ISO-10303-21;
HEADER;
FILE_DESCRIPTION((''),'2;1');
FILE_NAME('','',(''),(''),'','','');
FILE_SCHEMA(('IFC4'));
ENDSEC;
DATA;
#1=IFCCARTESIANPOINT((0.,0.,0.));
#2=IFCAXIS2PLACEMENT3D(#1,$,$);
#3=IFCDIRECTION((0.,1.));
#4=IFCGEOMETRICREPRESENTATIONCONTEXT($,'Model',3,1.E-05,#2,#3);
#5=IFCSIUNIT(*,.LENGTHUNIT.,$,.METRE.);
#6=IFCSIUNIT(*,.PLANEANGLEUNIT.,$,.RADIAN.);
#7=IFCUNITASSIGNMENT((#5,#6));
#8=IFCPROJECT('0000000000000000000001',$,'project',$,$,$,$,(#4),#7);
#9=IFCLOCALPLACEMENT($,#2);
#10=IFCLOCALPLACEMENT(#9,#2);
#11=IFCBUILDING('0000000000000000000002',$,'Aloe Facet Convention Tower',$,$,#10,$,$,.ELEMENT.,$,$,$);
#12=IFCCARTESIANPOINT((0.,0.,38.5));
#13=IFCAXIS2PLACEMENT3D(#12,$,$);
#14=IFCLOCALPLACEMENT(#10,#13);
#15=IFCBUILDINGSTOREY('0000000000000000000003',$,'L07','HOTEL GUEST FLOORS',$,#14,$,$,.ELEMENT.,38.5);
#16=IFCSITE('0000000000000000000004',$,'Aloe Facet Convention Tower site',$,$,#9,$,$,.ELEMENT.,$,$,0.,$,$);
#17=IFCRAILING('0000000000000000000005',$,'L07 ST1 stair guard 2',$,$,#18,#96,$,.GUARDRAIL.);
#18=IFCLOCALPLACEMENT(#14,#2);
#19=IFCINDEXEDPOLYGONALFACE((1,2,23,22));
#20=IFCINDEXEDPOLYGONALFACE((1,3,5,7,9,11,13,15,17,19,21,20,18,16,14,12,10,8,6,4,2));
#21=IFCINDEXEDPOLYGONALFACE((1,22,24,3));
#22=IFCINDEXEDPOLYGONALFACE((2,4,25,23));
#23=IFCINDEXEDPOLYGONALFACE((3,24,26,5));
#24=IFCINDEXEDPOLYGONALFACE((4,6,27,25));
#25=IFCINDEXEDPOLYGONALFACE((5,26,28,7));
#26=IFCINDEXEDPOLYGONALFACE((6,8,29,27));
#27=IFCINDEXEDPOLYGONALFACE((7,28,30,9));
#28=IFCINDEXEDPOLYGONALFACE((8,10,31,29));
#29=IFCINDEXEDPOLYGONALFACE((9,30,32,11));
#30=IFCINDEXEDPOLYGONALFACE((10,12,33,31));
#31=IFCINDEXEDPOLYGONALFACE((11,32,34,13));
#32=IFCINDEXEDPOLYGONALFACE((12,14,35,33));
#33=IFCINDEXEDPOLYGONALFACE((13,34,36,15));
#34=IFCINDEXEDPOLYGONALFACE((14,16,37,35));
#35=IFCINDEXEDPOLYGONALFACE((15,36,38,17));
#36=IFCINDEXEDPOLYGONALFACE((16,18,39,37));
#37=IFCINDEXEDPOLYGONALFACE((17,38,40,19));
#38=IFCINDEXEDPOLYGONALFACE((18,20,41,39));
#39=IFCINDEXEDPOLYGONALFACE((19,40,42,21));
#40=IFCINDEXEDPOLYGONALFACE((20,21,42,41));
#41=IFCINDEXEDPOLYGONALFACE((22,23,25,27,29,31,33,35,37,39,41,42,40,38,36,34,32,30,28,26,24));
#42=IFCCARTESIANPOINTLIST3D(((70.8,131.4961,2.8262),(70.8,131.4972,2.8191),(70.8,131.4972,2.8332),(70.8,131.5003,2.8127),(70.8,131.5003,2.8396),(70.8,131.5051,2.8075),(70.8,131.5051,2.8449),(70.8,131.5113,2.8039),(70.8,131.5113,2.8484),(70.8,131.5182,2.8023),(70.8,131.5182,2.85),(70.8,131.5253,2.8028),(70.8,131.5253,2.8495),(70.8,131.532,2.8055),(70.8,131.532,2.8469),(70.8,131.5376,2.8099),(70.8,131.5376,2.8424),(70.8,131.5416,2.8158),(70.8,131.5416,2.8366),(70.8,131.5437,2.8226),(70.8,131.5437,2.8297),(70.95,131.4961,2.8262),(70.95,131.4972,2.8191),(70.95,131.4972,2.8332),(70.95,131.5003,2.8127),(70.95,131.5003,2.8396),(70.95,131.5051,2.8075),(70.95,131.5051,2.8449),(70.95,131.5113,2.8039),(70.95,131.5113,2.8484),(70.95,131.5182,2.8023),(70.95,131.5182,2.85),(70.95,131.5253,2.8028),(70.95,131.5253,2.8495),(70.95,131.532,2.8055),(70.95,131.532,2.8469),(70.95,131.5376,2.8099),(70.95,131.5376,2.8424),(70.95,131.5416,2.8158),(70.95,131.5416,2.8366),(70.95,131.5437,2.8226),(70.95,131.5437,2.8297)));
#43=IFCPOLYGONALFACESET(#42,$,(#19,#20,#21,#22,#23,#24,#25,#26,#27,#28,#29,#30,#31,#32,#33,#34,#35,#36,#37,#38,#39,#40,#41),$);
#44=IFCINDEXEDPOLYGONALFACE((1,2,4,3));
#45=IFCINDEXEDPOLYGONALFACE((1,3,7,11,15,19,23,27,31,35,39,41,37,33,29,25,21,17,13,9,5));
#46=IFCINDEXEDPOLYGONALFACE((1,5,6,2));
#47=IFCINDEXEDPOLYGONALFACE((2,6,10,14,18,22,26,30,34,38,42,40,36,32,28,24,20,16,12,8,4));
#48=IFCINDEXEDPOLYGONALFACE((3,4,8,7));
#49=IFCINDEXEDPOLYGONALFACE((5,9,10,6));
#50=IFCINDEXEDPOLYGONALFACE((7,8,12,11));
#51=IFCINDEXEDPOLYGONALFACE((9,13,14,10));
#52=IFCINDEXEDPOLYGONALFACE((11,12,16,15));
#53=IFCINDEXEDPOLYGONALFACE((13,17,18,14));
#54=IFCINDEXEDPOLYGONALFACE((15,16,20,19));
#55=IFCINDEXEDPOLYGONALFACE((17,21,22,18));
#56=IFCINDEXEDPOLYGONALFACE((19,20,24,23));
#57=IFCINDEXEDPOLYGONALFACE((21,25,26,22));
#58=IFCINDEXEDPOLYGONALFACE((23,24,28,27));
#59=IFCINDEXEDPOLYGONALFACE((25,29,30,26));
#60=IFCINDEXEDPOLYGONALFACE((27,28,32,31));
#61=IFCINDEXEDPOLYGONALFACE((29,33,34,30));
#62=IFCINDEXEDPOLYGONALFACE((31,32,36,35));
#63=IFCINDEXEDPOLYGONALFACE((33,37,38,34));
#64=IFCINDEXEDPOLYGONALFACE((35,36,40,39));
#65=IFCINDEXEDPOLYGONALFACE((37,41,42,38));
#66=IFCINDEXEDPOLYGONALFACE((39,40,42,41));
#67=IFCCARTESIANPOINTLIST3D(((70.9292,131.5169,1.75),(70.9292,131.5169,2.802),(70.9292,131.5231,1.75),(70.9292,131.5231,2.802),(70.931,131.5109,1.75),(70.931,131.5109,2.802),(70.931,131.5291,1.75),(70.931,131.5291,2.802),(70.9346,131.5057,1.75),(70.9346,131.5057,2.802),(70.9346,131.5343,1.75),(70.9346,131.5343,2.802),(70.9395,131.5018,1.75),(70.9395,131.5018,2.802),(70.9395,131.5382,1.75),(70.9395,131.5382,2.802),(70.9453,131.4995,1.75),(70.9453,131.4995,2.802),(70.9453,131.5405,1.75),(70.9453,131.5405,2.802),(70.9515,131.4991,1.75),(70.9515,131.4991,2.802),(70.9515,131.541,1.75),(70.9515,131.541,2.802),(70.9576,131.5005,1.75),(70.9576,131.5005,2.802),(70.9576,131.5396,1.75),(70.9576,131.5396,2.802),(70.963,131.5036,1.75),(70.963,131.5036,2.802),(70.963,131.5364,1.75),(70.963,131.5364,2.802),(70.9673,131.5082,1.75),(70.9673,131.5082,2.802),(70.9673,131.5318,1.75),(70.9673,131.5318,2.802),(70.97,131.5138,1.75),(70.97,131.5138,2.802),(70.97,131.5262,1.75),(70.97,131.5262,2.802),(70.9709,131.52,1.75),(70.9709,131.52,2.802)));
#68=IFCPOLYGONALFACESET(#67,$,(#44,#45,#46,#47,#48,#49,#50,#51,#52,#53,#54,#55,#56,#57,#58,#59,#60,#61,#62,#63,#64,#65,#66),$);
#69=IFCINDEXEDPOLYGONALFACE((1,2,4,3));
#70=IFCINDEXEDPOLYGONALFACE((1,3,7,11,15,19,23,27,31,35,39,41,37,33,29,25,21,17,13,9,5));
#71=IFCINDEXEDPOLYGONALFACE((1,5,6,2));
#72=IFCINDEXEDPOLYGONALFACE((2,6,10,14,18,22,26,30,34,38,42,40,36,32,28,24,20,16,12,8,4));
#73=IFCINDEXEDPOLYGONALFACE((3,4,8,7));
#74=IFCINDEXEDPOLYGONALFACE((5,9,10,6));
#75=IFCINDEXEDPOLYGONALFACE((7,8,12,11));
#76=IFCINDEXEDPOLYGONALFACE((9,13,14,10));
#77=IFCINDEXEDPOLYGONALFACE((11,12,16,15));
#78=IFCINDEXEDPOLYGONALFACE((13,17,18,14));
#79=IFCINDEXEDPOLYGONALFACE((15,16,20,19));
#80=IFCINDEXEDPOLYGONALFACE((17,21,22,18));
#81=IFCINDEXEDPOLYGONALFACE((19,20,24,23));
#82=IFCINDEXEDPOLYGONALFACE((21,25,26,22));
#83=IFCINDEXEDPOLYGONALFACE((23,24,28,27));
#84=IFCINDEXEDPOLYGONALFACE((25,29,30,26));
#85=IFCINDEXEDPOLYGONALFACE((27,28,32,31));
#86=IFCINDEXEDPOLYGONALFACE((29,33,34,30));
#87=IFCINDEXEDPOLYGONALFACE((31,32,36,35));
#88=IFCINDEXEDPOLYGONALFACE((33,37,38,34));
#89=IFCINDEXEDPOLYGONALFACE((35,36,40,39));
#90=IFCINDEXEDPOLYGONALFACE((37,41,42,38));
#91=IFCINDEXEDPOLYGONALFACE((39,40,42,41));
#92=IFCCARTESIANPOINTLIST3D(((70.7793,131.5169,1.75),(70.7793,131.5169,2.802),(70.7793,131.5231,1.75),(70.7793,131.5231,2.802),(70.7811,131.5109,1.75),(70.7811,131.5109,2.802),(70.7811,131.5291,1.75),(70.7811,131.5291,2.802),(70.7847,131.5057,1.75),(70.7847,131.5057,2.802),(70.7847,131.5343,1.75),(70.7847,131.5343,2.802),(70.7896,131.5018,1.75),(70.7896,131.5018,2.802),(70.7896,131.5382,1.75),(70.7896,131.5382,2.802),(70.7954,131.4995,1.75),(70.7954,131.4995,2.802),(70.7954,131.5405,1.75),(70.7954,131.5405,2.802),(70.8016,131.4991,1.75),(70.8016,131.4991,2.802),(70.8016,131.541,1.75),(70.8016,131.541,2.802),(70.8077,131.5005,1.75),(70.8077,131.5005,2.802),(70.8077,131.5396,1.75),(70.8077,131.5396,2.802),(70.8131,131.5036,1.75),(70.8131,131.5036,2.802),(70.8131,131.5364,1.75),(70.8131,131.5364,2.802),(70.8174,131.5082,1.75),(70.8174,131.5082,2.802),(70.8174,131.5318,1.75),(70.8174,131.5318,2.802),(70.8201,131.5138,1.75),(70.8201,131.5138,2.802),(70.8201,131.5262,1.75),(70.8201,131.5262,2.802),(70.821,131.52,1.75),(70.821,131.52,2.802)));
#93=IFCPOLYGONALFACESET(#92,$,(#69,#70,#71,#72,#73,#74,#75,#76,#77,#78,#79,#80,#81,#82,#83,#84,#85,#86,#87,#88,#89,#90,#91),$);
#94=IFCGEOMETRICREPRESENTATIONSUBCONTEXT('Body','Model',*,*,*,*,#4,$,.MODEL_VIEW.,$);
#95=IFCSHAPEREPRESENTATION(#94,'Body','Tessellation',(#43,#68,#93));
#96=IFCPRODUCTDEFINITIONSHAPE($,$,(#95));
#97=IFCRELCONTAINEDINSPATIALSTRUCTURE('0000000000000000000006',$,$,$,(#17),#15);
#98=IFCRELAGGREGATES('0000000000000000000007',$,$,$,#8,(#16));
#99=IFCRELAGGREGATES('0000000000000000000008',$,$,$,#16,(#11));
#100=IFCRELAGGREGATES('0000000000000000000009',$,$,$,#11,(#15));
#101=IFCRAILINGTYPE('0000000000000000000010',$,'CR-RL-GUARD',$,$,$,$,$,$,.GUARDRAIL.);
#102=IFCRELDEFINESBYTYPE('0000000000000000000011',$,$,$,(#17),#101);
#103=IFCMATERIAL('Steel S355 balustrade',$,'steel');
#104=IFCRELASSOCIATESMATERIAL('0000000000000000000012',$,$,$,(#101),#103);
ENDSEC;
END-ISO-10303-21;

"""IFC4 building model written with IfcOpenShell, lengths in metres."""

from ifc_helpers import new_model, si_unit, direction, frame, origin, origin_2d, place, context, subcontext, project, spatial, circle, extrude, material, type_object, element, save


model = new_model("IFC4")

# Units and contexts
model_context = context("Model", 3, precision=1e-05, world=origin(), true_north=direction((0.0, 1.0)))
body_context = subcontext(model_context, "Body", "Model", "MODEL_VIEW")
ifc_project = project(units=[si_unit("LENGTHUNIT", "METRE"), si_unit("PLANEANGLEUNIT", "RADIAN")], contexts=[model_context])

# Site, building, storey
site_placement = place(None, origin())
site = spatial("IfcSite", under=ifc_project, at=site_placement, Name="Aloe Facet Convention Tower site", CompositionType="ELEMENT", RefElevation=0.0)
building_placement = place(site_placement, origin())
building = spatial("IfcBuilding", under=site, at=building_placement, Name="Aloe Facet Convention Tower", CompositionType="ELEMENT")
storey_placement = place(building_placement, frame((0.0, 0.0, 38.5)))
storey = spatial("IfcBuildingStorey", under=building, at=storey_placement, Name="L07", Description="HOTEL GUEST FLOORS", CompositionType="ELEMENT", Elevation=38.5)

# Railing
ifc_material_1 = material(Name="Steel S355 balustrade", Category="steel")
railing_type_1 = type_object("IfcRailingType", Name="CR-RL-GUARD", PredefinedType="GUARDRAIL", material=ifc_material_1)
railing_1_placement = place(storey_placement, frame((70.95, 131.52, 1.75)))
element("IfcRailing", 1, at=railing_1_placement, inside=storey, type_object=railing_type_1, Name="L07 ST1 stair guard 2", PredefinedType="GUARDRAIL", context=body_context, shape_type="SweptSolid", body=[
    extrude(circle(Radius=0.0239, at=origin_2d()), frame((0.0, 0.0, 1.0762), z_axis=(-1.0, 0.0, 0.0), x_axis=(0.0, -1.0, 0.0)), (0.0, 0.0, 1.0), 0.1499),
    extrude(circle(Radius=0.021, at=origin_2d()), origin(), (0.0, 0.0, 1.0), 1.052),
    extrude(circle(Radius=0.021, at=origin_2d()), frame((-0.1499, 0.0, 0.0)), (0.0, 0.0, 1.0), 1.052),
])

save(model, "model.ifc")
